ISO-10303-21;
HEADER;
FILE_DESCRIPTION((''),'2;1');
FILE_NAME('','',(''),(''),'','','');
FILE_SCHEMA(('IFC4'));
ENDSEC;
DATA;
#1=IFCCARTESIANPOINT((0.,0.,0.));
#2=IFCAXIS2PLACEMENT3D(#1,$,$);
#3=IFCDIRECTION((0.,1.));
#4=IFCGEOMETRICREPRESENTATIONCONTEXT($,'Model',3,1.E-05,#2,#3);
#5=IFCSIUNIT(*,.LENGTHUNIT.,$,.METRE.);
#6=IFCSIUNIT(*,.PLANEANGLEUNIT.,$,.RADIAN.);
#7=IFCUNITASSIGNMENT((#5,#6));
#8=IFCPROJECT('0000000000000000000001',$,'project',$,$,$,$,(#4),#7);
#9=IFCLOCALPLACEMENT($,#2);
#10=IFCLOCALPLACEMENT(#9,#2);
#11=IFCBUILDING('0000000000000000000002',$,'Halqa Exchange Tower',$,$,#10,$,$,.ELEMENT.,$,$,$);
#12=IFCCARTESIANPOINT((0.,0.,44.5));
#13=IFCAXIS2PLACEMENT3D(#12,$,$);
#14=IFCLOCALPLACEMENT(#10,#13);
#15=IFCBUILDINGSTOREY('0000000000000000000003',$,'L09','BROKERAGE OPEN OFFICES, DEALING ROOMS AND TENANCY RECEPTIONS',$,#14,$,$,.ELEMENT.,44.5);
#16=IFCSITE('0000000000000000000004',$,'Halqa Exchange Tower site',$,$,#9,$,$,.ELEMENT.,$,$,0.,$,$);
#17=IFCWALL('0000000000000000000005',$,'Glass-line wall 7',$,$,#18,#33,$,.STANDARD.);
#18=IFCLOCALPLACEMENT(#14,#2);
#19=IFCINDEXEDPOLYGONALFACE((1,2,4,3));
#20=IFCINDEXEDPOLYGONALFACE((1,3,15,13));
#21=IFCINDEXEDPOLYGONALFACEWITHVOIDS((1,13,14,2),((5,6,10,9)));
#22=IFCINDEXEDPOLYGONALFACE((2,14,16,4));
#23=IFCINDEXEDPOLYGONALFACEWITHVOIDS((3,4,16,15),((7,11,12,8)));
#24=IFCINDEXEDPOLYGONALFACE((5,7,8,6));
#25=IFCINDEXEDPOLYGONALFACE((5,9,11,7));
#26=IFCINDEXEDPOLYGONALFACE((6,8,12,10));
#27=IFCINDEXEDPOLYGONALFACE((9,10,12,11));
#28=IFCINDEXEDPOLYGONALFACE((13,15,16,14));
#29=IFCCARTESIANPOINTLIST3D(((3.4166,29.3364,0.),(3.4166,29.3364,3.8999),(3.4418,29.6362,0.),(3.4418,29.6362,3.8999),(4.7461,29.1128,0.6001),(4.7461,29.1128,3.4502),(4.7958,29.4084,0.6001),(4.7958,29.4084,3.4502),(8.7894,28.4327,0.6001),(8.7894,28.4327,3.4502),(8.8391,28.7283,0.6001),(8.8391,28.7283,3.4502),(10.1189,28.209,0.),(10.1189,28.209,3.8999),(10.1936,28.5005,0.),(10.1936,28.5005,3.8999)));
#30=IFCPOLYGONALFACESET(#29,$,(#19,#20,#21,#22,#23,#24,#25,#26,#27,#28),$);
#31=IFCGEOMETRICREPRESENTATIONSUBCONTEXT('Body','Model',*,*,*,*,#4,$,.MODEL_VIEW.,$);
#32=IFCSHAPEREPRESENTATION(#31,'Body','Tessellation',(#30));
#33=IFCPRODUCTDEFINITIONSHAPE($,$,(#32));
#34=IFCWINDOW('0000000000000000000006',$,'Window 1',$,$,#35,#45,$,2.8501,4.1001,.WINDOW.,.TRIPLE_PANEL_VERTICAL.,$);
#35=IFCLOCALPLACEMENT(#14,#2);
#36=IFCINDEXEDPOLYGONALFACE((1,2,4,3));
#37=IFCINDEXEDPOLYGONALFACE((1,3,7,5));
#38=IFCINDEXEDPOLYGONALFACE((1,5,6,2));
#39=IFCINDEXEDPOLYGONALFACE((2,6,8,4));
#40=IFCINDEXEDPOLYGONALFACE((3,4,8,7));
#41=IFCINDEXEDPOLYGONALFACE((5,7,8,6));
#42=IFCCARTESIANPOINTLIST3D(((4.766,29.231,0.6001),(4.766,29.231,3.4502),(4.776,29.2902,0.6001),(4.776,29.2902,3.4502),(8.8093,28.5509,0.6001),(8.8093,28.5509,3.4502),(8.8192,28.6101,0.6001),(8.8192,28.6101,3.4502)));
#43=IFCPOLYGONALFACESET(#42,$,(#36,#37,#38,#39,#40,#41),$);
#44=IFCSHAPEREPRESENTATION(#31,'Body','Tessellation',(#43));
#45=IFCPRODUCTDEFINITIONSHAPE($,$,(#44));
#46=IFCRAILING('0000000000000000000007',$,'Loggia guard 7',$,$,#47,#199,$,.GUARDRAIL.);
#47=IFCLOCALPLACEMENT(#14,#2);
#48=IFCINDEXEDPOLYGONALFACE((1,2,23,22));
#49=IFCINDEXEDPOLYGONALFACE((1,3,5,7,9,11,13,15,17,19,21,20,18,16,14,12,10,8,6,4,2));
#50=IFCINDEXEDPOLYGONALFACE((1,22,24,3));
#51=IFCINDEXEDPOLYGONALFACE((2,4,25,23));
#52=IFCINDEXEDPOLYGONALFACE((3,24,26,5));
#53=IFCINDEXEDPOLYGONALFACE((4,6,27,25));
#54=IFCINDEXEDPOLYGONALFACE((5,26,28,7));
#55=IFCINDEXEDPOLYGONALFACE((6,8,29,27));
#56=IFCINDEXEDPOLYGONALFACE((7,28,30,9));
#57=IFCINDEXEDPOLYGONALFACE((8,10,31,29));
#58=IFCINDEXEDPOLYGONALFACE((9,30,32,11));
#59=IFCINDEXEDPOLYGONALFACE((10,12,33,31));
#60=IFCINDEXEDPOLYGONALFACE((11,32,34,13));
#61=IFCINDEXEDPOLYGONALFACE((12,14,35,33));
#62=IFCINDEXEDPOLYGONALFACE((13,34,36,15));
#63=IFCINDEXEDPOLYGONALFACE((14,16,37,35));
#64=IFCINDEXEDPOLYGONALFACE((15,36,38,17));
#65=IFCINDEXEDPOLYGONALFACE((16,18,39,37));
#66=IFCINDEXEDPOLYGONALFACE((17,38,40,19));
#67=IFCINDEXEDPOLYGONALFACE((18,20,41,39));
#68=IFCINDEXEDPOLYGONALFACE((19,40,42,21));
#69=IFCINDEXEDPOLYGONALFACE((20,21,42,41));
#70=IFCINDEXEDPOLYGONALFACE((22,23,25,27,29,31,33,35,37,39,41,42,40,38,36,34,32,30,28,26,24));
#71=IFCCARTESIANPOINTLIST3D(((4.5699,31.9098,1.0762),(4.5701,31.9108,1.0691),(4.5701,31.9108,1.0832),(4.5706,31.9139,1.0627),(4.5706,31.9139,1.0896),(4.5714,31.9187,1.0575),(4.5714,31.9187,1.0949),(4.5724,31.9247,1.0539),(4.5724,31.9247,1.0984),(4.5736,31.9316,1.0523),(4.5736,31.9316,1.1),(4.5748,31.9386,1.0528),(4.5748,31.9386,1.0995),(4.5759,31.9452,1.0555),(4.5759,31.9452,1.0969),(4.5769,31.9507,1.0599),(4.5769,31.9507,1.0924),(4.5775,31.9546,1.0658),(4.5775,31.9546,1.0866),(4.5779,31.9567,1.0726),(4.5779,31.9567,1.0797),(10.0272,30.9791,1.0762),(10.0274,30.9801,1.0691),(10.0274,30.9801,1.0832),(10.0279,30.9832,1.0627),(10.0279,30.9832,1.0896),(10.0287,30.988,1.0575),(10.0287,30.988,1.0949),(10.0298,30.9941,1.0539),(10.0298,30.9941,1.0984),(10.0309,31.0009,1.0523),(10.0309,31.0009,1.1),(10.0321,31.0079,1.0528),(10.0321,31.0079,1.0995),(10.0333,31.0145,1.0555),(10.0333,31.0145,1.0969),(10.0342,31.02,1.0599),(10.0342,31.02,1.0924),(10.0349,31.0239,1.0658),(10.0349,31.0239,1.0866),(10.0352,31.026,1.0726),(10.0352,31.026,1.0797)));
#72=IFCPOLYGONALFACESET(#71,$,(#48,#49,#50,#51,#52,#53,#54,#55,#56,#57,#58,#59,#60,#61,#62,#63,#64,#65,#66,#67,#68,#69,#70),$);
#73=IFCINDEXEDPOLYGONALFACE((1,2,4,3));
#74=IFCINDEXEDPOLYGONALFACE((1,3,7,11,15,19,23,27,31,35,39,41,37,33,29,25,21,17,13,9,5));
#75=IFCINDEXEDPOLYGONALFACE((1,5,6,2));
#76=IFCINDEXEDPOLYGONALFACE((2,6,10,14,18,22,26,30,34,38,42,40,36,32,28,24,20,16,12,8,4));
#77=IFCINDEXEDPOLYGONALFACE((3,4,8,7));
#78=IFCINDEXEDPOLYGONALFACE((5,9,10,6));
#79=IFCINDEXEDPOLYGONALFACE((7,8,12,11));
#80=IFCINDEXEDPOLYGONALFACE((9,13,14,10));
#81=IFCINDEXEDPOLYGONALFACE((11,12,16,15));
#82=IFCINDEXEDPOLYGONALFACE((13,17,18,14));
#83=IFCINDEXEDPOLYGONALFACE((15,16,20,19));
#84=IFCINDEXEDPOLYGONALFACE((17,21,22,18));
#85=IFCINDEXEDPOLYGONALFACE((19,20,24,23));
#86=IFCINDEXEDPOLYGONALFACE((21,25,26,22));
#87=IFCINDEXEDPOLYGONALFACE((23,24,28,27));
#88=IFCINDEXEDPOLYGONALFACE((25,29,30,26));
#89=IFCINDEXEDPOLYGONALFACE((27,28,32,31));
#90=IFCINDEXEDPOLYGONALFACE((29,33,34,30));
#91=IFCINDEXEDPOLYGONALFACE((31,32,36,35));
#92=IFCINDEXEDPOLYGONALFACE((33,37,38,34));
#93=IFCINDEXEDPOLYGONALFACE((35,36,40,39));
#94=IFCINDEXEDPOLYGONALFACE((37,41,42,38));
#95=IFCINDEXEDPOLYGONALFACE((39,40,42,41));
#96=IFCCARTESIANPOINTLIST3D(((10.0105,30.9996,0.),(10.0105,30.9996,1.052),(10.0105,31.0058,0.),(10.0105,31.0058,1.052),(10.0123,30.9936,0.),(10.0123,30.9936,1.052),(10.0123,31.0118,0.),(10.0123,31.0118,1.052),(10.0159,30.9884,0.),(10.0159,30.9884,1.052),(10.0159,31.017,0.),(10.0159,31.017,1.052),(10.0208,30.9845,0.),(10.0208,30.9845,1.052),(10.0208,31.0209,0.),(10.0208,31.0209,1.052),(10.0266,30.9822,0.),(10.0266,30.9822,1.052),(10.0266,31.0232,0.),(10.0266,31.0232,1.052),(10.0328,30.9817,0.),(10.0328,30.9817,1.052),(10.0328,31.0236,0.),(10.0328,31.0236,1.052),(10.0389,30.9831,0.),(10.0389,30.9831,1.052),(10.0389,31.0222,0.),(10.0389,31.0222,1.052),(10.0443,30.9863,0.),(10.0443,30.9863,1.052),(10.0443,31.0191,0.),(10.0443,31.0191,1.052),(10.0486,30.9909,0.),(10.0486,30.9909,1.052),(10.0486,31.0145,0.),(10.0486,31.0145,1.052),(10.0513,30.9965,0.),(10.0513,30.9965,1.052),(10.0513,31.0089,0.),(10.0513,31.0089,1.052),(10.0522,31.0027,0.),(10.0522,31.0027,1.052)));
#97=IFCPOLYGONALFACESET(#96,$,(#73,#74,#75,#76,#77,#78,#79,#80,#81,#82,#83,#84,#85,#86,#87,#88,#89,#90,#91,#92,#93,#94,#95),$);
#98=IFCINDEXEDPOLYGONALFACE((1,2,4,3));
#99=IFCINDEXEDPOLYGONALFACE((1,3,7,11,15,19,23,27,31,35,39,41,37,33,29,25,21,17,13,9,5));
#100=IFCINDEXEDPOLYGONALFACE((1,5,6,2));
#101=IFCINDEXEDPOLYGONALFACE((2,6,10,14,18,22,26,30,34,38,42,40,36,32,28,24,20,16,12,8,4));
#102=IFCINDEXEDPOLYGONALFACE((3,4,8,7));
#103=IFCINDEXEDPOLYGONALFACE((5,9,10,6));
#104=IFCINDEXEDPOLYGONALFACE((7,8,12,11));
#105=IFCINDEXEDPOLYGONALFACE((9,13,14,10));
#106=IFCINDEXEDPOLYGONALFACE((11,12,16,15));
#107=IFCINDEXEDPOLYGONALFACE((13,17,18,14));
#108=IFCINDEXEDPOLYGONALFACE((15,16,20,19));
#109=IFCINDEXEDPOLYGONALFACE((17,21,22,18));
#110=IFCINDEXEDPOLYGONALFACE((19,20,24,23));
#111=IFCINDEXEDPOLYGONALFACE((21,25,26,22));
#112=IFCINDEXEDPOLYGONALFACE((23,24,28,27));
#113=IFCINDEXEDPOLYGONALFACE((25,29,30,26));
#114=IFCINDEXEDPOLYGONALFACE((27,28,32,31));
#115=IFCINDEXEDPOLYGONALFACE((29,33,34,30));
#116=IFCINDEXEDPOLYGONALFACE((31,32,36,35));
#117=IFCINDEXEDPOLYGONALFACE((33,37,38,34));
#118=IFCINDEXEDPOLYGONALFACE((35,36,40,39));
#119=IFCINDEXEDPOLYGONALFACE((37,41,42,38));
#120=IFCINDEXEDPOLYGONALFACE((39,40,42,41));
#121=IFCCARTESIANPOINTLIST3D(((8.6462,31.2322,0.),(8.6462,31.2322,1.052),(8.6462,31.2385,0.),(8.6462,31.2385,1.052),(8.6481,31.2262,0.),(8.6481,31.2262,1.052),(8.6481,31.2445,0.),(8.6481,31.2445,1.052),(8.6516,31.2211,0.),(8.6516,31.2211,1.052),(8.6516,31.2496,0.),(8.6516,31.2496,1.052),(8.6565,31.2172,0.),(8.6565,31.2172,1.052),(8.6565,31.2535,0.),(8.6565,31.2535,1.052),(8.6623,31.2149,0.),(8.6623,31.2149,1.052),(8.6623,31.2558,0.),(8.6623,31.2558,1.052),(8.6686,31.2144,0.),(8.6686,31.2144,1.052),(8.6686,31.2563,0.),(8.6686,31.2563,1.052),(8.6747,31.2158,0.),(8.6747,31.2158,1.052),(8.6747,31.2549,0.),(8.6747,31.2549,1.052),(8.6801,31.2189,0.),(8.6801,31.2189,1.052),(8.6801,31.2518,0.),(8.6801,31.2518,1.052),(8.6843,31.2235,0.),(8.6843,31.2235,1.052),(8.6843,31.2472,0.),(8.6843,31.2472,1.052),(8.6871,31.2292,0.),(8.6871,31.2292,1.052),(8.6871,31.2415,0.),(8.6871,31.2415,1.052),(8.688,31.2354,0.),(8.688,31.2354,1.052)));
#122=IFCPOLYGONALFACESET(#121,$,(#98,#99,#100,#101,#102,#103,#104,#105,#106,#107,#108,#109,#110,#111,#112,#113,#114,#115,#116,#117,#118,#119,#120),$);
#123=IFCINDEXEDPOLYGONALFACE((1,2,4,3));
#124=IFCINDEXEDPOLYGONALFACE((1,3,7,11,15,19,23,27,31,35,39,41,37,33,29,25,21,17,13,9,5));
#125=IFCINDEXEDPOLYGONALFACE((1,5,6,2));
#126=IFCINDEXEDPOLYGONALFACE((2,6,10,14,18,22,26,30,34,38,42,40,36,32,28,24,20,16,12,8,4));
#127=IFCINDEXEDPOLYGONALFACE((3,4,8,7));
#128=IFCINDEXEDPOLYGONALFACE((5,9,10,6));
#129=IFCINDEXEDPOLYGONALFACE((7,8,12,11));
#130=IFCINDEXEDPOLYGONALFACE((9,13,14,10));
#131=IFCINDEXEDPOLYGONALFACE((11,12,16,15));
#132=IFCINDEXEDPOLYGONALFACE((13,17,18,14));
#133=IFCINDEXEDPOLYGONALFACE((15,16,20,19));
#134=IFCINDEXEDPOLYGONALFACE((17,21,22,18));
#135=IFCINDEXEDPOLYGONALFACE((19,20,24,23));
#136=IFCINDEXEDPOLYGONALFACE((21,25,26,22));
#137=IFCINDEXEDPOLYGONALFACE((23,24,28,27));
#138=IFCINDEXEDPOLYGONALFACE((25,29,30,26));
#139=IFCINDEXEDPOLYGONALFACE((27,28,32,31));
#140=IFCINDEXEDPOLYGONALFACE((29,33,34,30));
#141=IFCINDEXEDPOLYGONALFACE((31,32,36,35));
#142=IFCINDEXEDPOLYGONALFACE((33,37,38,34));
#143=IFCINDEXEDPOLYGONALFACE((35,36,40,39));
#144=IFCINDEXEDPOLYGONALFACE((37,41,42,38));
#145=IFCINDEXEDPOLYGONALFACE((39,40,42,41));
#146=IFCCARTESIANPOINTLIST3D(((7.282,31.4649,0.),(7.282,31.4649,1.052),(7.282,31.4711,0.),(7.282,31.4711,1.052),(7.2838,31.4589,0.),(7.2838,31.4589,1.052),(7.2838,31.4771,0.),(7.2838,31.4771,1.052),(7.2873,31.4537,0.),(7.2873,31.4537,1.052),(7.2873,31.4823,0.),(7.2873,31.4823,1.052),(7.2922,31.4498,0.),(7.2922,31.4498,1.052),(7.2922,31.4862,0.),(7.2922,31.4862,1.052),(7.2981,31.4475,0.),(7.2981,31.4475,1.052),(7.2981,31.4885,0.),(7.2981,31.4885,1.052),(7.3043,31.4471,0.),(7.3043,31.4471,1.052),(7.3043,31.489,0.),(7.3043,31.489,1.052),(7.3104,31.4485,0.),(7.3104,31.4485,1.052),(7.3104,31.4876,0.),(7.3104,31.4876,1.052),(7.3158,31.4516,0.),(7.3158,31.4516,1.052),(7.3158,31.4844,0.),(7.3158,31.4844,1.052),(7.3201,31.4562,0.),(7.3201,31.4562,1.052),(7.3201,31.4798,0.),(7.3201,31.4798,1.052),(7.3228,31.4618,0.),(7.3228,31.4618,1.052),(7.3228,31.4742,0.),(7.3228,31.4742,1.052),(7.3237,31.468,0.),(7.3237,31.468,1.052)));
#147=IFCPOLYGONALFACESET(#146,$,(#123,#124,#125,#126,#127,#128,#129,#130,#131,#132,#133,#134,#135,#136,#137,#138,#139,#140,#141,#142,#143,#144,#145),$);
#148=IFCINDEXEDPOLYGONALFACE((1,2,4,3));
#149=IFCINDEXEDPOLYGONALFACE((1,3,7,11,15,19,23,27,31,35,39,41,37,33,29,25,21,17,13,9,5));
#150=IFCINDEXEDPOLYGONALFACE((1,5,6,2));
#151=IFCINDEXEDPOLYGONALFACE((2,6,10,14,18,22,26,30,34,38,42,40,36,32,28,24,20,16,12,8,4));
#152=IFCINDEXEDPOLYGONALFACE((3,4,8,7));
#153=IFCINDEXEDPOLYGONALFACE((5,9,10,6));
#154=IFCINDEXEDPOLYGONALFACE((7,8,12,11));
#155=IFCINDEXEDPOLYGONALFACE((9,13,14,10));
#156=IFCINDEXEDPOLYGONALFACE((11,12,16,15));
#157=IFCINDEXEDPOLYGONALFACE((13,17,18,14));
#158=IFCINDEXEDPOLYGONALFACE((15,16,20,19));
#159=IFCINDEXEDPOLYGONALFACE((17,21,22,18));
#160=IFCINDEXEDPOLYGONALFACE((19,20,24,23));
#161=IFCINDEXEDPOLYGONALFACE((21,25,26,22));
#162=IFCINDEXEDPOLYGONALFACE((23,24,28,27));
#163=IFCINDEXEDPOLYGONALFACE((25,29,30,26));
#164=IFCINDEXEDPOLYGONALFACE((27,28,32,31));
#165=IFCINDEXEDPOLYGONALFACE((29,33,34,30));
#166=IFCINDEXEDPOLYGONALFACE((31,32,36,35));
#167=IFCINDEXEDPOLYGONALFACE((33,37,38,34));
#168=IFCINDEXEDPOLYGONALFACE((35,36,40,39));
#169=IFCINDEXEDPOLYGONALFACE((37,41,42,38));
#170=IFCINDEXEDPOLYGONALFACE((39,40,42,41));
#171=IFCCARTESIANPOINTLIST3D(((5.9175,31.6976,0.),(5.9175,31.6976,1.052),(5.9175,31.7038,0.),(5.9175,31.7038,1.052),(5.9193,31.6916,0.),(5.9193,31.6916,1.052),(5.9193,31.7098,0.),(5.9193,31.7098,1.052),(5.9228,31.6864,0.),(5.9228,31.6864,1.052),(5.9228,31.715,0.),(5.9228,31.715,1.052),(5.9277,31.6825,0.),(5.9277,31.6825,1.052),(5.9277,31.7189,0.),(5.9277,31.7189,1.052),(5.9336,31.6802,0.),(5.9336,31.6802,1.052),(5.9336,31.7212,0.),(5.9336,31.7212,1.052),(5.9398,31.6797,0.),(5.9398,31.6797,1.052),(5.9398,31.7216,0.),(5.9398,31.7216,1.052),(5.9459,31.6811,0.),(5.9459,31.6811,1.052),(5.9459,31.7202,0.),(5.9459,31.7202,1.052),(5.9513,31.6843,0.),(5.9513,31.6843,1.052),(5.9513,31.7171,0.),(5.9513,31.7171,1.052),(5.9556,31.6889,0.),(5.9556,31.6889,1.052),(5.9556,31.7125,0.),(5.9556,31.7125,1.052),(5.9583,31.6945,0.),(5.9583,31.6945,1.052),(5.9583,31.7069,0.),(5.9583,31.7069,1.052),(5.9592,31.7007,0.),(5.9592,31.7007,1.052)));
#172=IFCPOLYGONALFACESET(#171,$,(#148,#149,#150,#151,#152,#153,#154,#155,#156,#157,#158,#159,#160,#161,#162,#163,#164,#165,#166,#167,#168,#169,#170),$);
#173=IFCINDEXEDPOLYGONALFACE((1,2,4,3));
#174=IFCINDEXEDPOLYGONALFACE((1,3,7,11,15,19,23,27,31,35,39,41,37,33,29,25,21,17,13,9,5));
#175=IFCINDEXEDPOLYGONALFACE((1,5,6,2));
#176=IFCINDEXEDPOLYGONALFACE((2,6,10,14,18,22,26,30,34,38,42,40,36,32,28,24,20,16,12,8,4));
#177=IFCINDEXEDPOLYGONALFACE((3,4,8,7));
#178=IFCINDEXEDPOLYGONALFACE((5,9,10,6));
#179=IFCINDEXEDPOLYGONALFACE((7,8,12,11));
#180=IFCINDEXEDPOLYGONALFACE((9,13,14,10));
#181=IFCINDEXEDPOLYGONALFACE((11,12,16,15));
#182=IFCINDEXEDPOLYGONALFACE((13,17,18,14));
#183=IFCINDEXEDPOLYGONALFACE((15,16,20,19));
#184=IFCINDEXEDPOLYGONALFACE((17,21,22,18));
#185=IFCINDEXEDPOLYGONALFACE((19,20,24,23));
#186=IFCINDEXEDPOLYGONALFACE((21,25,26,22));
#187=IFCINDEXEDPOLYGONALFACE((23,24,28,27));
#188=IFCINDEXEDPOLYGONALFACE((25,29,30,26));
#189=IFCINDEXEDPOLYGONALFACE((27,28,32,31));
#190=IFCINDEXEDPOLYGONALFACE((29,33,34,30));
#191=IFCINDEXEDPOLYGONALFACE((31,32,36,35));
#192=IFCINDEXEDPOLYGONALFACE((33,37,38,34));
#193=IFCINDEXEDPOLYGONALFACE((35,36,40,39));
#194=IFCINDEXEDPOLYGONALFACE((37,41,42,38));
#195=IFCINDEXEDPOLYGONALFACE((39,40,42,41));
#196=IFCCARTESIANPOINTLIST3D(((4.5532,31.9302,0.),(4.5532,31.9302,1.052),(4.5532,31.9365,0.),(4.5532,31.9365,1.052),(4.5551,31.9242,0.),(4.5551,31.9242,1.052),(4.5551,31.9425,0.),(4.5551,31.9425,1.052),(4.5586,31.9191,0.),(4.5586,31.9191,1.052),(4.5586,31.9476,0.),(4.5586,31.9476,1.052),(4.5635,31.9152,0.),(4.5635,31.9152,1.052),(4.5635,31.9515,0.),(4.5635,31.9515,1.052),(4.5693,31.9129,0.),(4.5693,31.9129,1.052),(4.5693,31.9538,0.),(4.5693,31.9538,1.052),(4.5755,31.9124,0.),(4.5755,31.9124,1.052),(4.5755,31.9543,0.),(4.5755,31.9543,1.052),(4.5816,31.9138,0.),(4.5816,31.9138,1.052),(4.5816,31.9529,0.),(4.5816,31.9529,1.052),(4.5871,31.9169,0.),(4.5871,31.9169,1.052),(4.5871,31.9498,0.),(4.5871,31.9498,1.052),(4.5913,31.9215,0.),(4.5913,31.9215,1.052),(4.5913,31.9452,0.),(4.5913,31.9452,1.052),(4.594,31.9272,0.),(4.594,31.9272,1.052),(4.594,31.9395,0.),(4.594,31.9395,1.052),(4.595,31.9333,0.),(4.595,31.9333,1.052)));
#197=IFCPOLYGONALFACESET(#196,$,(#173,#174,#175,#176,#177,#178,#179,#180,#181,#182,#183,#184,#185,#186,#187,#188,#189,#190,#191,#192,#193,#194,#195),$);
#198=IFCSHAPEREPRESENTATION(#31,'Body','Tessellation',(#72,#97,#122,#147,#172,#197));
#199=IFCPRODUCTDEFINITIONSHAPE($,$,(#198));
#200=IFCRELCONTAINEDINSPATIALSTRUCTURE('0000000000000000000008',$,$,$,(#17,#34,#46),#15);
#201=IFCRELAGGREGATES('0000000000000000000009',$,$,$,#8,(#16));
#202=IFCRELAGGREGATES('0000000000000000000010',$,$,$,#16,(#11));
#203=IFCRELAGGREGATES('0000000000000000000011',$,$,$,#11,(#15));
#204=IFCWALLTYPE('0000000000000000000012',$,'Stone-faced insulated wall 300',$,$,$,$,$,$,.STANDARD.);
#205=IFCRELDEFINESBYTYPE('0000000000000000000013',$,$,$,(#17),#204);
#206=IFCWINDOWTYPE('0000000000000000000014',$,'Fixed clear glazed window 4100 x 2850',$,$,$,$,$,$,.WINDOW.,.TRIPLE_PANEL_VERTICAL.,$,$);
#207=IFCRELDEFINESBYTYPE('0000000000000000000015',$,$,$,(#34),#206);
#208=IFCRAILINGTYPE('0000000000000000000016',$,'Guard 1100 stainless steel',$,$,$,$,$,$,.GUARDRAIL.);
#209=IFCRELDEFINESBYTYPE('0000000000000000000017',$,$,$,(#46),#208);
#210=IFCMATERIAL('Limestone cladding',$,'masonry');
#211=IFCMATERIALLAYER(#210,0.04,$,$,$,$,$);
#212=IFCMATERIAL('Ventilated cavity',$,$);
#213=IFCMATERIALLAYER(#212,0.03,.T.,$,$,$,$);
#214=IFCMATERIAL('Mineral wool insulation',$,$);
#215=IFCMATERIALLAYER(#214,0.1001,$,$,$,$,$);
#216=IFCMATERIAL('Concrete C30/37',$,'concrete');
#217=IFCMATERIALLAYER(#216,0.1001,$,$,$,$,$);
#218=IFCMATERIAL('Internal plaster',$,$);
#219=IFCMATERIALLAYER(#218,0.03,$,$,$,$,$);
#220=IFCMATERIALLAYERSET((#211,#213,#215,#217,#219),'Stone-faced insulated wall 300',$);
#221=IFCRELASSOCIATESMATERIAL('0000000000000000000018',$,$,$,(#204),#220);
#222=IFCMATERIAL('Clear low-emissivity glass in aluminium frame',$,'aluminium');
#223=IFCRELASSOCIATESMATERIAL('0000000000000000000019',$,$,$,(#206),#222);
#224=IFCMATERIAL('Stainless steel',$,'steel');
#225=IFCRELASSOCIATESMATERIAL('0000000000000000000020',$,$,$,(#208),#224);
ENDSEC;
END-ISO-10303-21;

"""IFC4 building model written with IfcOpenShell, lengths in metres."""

from ifc_helpers import new_model, si_unit, direction, frame, frame_2d, origin, origin_2d, place, context, subcontext, project, spatial, polyline, rectangle, circle, outline, extrude, material, layer, layer_set, type_object, element, fill, save


model = new_model("IFC4")

# Units and contexts
model_context = context("Model", 3, precision=1e-05, world=origin(), true_north=direction((0.0, 1.0)))
body_context = subcontext(model_context, "Body", "Model", "MODEL_VIEW")
ifc_project = project(units=[si_unit("LENGTHUNIT", "METRE"), si_unit("PLANEANGLEUNIT", "RADIAN")], contexts=[model_context])

# Site, building, storey
site_placement = place(None, origin())
site = spatial("IfcSite", under=ifc_project, at=site_placement, Name="Halqa Exchange Tower site", CompositionType="ELEMENT", RefElevation=0.0)
building_placement = place(site_placement, origin())
building = spatial("IfcBuilding", under=site, at=building_placement, Name="Halqa Exchange Tower", CompositionType="ELEMENT")
storey_placement = place(building_placement, frame((0.0, 0.0, 44.5)))
storey = spatial("IfcBuildingStorey", under=building, at=storey_placement, Name="L09", Description="BROKERAGE OPEN OFFICES, DEALING ROOMS AND TENANCY RECEPTIONS", CompositionType="ELEMENT", Elevation=44.5)

# Shared definitions
ifc_material_1 = material(Name="Concrete C30/37", Category="concrete")

# Wall, opening, window
ifc_material_2 = material(Name="Limestone cladding", Category="masonry")
ifc_layer_1 = layer(ifc_material_2, 0.04)
ifc_material_3 = material(Name="Ventilated cavity")
ifc_layer_2 = layer(ifc_material_3, 0.03, ventilated=True)
ifc_material_4 = material(Name="Mineral wool insulation")
ifc_layer_3 = layer(ifc_material_4, 0.1001)
ifc_layer_4 = layer(ifc_material_1, 0.1001)
ifc_material_5 = material(Name="Internal plaster")
ifc_layer_5 = layer(ifc_material_5, 0.03)
ifc_layer_set_1 = layer_set([ifc_layer_1, ifc_layer_2, ifc_layer_3, ifc_layer_4, ifc_layer_5], Name="Stone-faced insulated wall 300")
wall_type_1 = type_object("IfcWallType", Name="Stone-faced insulated wall 300", PredefinedType="STANDARD", material=ifc_layer_set_1)
wall_1_placement = place(storey_placement, frame((10.1562, 28.3547, 0.0), z_axis=(0.0, 0.0, 1.0), x_axis=(-0.986145, 0.165885, 0.0)))
wall_1 = element("IfcWall", 1, at=wall_1_placement, inside=storey, type_object=wall_type_1, Name="Glass-line wall 7", PredefinedType="STANDARD", context=body_context, shape_type="SweptSolid", body=[
    extrude(outline(polyline([(-0.0127, -0.1499), (6.834, -0.1499), (6.8091, 0.1499), (0.0127, 0.1499), (-0.0127, -0.1499)])), origin(), (0.0, 0.0, 1.0), 3.8999),
])
opening_1_placement = place(wall_1_placement, frame((1.3608, 0.0, 0.6001)))
opening_1 = element("IfcOpeningElement", 2, at=opening_1_placement, cuts=wall_1, PredefinedType="OPENING", context=body_context, shape_type="SweptSolid", body=[
    extrude(rectangle(XDim=4.1001, YDim=2.8501, at=frame_2d((2.05, 1.425))), frame((0.0, 0.1621, 0.0), z_axis=(0.0, -1.0, 0.0), x_axis=(1.0, 0.0, 0.0)), (0.0, 0.0, 1.0), 0.324),
])
ifc_material_6 = material(Name="Clear low-emissivity glass in aluminium frame", Category="aluminium")
window_type = type_object("IfcWindowType", Name="Fixed clear glazed window 4100 x 2850", PartitioningType="TRIPLE_PANEL_VERTICAL", PredefinedType="WINDOW", material=ifc_material_6)
window_placement = place(opening_1_placement, origin())
window = element("IfcWindow", 3, at=window_placement, inside=storey, type_object=window_type, Name="Window 1", OverallHeight=2.8501, OverallWidth=4.1001, PartitioningType="TRIPLE_PANEL_VERTICAL", PredefinedType="WINDOW", context=body_context, shape_type="SweptSolid", body=[
    extrude(rectangle(XDim=4.1001, YDim=2.8501, at=frame_2d((2.05, 1.425))), frame((0.0, 0.03, 0.0), z_axis=(0.0, -1.0, 0.0), x_axis=(1.0, 0.0, 0.0)), (0.0, 0.0, 1.0), 0.0601),
])
fill(opening_1, window)

# Railing
ifc_material_7 = material(Name="Stainless steel", Category="steel")
railing_type_1 = type_object("IfcRailingType", Name="Guard 1100 stainless steel", PredefinedType="GUARDRAIL", material=ifc_material_7)
railing_1_placement = place(storey_placement, frame((10.0312, 31.0027, 0.0)))
element("IfcRailing", 4, at=railing_1_placement, inside=storey, type_object=railing_type_1, Name="Loggia guard 7", PredefinedType="GUARDRAIL", context=body_context, shape_type="SweptSolid", body=[
    extrude(circle(Radius=0.0239, at=origin_2d()), frame((0.0, 0.0, 1.0762), z_axis=(-0.985768, 0.168109, 0.0), x_axis=(-0.168109, -0.985768, 0.0)), (0.0, 0.0, 1.0), 5.5361),
    extrude(circle(Radius=0.021, at=origin_2d()), origin(), (0.0, 0.0, 1.0), 1.052),
    extrude(circle(Radius=0.021, at=origin_2d()), frame((-1.3643, 0.2327, 0.0)), (0.0, 0.0, 1.0), 1.052),
    extrude(circle(Radius=0.021, at=origin_2d()), frame((-2.7285, 0.4653, 0.0)), (0.0, 0.0, 1.0), 1.052),
    extrude(circle(Radius=0.021, at=origin_2d()), frame((-4.093, 0.698, 0.0)), (0.0, 0.0, 1.0), 1.052),
    extrude(circle(Radius=0.021, at=origin_2d()), frame((-5.4573, 0.9307, 0.0)), (0.0, 0.0, 1.0), 1.052),
])

save(model, "model.ifc")
